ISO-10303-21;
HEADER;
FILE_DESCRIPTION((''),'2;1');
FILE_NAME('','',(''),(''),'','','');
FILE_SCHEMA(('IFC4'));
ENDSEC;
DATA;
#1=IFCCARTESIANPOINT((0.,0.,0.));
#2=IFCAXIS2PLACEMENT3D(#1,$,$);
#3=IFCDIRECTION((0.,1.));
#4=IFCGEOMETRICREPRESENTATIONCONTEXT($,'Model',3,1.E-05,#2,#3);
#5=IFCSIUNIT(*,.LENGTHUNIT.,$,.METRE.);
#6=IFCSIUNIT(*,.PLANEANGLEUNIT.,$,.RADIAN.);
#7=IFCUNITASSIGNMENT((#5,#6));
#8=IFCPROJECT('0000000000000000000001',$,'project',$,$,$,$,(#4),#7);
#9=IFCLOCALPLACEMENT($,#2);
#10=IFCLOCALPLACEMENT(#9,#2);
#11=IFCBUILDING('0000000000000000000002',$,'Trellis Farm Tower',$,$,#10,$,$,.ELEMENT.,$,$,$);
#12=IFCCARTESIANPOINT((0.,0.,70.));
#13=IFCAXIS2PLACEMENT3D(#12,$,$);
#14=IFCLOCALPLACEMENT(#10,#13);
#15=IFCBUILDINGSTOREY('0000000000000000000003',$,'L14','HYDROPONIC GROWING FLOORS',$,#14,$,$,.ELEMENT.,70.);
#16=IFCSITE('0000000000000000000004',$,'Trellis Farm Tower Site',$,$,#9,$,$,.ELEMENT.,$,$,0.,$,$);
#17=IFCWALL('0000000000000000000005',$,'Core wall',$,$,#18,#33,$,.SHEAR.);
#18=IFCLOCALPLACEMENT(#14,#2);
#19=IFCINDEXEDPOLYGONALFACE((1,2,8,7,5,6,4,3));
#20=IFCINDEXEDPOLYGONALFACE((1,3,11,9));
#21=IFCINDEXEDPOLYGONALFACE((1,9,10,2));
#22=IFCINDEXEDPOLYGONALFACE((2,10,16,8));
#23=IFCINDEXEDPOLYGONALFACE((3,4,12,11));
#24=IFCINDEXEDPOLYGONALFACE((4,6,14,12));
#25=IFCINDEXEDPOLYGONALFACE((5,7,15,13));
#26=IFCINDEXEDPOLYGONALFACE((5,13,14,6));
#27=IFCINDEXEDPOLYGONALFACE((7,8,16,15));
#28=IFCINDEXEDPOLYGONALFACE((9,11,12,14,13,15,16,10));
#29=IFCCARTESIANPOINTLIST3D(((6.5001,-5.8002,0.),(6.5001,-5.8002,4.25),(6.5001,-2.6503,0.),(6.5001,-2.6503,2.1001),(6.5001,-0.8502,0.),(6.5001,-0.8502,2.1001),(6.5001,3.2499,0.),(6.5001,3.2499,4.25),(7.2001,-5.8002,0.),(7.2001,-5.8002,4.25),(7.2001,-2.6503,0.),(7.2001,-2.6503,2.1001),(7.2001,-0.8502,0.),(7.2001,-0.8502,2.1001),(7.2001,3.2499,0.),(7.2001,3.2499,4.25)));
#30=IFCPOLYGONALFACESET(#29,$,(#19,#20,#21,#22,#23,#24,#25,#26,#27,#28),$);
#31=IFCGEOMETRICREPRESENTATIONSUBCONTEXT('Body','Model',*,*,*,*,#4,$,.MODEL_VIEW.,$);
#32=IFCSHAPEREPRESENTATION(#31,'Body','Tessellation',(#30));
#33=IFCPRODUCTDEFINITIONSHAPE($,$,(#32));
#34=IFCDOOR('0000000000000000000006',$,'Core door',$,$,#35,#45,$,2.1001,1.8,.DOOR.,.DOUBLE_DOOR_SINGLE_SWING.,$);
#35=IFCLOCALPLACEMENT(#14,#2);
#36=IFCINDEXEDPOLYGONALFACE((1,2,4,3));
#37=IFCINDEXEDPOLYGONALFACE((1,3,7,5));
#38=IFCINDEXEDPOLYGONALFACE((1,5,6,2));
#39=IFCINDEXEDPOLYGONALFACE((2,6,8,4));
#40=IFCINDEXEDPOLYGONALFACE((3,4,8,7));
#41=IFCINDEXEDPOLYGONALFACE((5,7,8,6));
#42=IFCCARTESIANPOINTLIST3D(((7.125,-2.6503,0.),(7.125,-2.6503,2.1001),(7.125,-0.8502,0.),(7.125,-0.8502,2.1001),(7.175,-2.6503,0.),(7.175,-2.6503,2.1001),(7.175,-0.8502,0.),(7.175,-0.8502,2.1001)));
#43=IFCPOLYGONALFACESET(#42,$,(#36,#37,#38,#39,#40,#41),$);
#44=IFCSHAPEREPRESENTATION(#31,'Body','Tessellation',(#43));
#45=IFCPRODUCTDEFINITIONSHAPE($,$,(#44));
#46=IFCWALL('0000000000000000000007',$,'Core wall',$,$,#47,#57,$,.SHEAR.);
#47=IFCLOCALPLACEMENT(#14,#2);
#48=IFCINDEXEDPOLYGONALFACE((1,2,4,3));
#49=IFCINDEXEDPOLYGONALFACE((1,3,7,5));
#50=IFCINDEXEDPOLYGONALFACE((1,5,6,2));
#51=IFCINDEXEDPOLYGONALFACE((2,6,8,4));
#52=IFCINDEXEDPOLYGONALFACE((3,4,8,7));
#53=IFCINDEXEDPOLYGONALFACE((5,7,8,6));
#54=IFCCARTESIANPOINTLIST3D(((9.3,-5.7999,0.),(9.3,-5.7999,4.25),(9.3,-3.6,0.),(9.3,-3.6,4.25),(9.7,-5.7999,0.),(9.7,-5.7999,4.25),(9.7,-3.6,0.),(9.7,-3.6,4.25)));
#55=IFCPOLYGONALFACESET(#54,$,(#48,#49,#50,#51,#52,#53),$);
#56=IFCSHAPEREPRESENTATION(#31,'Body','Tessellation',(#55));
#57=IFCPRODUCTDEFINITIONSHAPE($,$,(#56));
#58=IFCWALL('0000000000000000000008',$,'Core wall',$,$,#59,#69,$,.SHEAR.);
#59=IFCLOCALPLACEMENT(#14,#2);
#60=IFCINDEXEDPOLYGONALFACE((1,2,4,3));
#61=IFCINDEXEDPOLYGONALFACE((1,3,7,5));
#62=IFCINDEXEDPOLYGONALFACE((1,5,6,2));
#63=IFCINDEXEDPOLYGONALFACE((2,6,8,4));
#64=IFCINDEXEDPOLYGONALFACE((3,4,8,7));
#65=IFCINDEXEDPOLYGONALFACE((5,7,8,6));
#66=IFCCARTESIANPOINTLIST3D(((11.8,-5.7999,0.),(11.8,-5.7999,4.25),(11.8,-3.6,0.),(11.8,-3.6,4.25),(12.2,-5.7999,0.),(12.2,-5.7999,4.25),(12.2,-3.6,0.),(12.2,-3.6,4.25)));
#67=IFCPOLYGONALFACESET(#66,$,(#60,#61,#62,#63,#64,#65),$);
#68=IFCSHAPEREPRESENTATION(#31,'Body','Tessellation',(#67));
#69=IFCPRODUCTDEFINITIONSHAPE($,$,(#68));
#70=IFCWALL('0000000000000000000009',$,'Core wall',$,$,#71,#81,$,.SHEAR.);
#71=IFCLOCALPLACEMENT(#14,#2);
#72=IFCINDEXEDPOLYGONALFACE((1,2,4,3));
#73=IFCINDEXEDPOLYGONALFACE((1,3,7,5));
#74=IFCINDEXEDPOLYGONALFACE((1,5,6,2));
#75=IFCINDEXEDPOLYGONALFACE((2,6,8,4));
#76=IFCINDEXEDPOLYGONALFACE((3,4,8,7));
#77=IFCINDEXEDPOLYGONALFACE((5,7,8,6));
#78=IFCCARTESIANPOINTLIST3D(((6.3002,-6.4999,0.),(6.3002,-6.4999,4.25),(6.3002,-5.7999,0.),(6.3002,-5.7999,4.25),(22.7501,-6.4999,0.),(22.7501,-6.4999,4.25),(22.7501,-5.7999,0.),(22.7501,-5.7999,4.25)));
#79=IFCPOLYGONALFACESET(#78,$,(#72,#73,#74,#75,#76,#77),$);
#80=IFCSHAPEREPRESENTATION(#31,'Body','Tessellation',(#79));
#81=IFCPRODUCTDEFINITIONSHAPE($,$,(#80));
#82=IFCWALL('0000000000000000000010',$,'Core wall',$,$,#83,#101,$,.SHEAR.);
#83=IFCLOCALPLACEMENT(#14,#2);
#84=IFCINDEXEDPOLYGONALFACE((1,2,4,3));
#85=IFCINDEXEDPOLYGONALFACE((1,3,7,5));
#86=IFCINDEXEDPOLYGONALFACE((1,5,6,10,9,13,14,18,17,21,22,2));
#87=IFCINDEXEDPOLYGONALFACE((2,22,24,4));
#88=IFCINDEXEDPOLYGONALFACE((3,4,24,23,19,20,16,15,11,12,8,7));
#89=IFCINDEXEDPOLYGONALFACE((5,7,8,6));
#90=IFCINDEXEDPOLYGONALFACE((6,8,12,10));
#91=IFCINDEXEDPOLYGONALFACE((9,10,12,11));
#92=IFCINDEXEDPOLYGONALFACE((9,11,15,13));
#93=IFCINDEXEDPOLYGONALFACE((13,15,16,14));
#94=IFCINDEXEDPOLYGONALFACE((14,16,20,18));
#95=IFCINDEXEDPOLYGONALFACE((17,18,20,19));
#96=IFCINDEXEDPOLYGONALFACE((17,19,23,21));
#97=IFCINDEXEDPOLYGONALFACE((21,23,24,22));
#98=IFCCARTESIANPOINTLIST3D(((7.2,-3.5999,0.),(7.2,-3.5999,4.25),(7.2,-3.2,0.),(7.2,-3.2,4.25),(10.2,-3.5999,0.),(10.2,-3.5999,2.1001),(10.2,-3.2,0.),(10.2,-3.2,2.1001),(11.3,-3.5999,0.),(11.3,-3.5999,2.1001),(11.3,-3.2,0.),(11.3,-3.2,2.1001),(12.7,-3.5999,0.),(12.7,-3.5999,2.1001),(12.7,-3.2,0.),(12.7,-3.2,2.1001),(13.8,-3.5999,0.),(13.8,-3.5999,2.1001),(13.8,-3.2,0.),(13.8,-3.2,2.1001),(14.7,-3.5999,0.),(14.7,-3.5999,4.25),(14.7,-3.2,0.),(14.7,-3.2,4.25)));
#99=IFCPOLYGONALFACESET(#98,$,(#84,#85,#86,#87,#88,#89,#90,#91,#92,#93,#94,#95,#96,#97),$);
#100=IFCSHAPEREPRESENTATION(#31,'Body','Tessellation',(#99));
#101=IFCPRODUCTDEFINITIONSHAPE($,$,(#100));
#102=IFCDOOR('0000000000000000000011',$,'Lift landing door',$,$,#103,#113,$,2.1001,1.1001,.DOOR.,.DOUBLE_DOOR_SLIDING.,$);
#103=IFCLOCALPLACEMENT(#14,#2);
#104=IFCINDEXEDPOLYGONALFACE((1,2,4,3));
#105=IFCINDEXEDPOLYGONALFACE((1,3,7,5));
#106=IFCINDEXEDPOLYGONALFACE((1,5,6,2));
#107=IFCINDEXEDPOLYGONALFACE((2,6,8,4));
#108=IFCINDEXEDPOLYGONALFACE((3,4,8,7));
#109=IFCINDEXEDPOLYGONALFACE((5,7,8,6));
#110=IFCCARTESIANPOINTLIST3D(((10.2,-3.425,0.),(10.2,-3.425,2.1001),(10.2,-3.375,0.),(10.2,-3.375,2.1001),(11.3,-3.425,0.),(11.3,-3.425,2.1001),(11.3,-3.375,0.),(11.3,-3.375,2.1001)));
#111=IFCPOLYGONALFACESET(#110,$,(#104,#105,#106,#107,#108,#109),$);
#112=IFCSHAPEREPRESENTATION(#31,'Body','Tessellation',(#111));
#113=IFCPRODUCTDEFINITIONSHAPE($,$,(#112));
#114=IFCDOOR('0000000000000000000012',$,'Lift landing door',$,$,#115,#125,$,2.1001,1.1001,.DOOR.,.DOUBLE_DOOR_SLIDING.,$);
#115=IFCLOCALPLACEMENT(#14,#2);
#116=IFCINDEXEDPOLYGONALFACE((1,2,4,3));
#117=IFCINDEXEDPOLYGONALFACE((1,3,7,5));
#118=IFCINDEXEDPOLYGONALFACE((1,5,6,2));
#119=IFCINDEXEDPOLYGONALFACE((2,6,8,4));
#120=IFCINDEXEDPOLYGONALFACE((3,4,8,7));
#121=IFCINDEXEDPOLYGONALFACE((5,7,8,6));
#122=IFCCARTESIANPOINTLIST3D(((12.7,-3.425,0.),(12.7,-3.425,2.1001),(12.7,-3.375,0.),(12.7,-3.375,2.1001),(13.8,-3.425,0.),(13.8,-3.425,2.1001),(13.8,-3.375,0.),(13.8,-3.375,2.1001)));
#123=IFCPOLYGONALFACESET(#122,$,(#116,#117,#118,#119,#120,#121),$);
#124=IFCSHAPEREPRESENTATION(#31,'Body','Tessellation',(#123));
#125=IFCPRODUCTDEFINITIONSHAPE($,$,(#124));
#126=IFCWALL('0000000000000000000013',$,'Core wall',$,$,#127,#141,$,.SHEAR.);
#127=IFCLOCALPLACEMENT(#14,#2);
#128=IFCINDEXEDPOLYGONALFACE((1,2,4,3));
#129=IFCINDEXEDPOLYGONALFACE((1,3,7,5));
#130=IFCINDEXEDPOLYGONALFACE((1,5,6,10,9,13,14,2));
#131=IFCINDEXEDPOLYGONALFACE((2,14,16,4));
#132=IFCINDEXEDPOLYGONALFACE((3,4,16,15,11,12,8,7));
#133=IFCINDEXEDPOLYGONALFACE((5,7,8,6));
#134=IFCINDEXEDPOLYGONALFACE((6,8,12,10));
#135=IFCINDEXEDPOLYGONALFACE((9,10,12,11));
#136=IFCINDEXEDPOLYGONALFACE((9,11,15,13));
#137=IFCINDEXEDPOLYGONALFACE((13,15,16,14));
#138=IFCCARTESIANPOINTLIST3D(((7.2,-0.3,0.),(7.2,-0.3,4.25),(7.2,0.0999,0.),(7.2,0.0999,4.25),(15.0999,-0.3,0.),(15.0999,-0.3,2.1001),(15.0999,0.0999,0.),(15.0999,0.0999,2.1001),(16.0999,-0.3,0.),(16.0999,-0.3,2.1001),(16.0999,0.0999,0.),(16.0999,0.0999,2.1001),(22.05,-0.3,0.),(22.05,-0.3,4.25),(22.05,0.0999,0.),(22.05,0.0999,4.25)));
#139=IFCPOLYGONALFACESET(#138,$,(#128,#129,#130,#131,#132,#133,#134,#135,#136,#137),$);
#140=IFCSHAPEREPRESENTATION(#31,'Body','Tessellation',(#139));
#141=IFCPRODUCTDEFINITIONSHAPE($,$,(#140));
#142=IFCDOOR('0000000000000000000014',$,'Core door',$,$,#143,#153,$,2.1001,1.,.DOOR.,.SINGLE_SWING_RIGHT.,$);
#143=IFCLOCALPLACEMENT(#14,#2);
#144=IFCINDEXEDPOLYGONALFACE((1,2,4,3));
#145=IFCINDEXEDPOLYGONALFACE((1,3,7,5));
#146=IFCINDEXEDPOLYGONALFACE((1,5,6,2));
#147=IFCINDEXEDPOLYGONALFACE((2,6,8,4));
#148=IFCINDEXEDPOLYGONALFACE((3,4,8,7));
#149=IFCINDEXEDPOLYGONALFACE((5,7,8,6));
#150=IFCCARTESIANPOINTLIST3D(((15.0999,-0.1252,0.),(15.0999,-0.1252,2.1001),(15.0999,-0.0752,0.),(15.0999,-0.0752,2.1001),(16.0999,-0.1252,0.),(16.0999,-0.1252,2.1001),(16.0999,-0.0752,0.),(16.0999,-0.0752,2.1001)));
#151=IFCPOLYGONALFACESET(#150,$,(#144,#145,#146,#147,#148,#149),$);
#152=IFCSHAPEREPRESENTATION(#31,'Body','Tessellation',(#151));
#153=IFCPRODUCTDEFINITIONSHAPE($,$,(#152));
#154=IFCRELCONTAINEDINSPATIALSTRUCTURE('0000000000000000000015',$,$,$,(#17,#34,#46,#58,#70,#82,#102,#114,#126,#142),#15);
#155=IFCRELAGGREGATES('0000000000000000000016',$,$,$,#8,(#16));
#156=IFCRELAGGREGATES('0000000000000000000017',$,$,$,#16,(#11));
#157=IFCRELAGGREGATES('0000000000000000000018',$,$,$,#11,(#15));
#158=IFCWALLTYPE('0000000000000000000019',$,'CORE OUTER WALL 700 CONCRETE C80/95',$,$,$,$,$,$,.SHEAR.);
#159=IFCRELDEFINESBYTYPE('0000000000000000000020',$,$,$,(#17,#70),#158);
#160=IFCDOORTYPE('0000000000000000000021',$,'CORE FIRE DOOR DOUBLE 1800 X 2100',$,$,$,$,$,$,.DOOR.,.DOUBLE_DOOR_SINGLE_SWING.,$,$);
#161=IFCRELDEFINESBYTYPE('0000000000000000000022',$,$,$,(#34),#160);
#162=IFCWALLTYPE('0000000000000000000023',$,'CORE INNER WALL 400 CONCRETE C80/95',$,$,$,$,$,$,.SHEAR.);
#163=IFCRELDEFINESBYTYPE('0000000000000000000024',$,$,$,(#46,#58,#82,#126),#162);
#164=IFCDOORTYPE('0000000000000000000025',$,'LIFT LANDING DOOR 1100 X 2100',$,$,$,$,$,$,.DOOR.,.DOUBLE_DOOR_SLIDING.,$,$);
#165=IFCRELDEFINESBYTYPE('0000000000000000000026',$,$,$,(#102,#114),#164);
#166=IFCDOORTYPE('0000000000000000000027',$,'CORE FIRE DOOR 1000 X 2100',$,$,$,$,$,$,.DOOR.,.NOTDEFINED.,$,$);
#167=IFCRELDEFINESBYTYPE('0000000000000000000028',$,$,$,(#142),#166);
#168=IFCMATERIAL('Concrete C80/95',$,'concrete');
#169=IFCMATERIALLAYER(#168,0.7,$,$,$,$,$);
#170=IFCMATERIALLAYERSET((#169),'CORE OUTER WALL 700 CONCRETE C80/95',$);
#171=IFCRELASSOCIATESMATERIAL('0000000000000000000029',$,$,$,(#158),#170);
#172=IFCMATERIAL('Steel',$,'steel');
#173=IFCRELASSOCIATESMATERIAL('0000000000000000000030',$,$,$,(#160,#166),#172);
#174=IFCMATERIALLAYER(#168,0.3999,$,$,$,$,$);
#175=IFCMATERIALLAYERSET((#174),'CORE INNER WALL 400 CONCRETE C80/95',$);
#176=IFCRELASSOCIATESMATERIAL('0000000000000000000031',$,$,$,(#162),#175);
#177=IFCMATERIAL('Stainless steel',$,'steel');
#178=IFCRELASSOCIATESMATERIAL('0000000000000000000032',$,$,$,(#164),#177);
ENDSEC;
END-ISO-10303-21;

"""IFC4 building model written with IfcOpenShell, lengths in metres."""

from ifc_helpers import new_model, si_unit, direction, frame, frame_2d, origin, place, context, subcontext, project, spatial, rectangle, extrude, source, transform, mapped, material, layer, layer_set, type_object, element, fill, save


model = new_model("IFC4")

# Units and contexts
model_context = context("Model", 3, precision=1e-05, world=origin(), true_north=direction((0.0, 1.0)))
body_context = subcontext(model_context, "Body", "Model", "MODEL_VIEW")
ifc_project = project(units=[si_unit("LENGTHUNIT", "METRE"), si_unit("PLANEANGLEUNIT", "RADIAN")], contexts=[model_context])

# Site, building, storey
site_placement = place(None, origin())
site = spatial("IfcSite", under=ifc_project, at=site_placement, Name="Trellis Farm Tower Site", CompositionType="ELEMENT", RefElevation=0.0)
building_placement = place(site_placement, origin())
building = spatial("IfcBuilding", under=site, at=building_placement, Name="Trellis Farm Tower", CompositionType="ELEMENT")
storey_placement = place(building_placement, frame((0.0, 0.0, 70.0)))
storey = spatial("IfcBuildingStorey", under=building, at=storey_placement, Name="L14", Description="HYDROPONIC GROWING FLOORS", CompositionType="ELEMENT", Elevation=70.0)

# Shared definitions
ifc_material_1 = material(Name="Concrete C80/95", Category="concrete")

# Wall, opening, door
ifc_layer_1 = layer(ifc_material_1, 0.7)
ifc_layer_set_1 = layer_set([ifc_layer_1], Name="CORE OUTER WALL 700 CONCRETE C80/95")
wall_type_1 = type_object("IfcWallType", Name="CORE OUTER WALL 700 CONCRETE C80/95", PredefinedType="SHEAR", material=ifc_layer_set_1)
shared_shape_1 = source(origin(), body_context, "Body", "SweptSolid", [
    extrude(rectangle(XDim=9.05, YDim=0.7, at=frame_2d((4.5249, 0.0))), origin(), (0.0, 0.0, 1.0), 4.25),
])
wall_1_placement = place(storey_placement, frame((6.8501, -5.8, 0.0), z_axis=(0.0, 0.0, 1.0), x_axis=(0.0, 1.0, 0.0)))
wall_1 = element("IfcWall", 1, at=wall_1_placement, inside=storey, type_object=wall_type_1, Name="Core wall", PredefinedType="SHEAR", context=body_context, shape_type="MappedRepresentation", body=[
    mapped(shared_shape_1, transform((0.0, 0.0, 0.0))),
])
shared_shape_2 = source(origin(), body_context, "Body", "SweptSolid", [
    extrude(rectangle(XDim=1.8, YDim=2.1001, at=frame_2d((0.8999, 1.05))), frame((0.0, 0.3601, 0.0), z_axis=(0.0, -1.0, 0.0), x_axis=(1.0, 0.0, 0.0)), (0.0, 0.0, 1.0), 0.7202),
])
opening_1_placement = place(wall_1_placement, frame((3.1499, 0.0, 0.0)))
opening_1 = element("IfcOpeningElement", 2, at=opening_1_placement, cuts=wall_1, PredefinedType="OPENING", context=body_context, shape_type="MappedRepresentation", body=[
    mapped(shared_shape_2, transform((0.0, 0.0, 0.0))),
])
ifc_material_2 = material(Name="Steel", Category="steel")
door_type_1 = type_object("IfcDoorType", Name="CORE FIRE DOOR DOUBLE 1800 X 2100", OperationType="DOUBLE_DOOR_SINGLE_SWING", PredefinedType="DOOR", material=ifc_material_2)
shared_shape_3 = source(origin(), body_context, "Body", "SweptSolid", [
    extrude(rectangle(XDim=1.8, YDim=2.1001, at=frame_2d((0.8999, 1.05))), frame((0.0, -0.2749, 0.0), z_axis=(0.0, -1.0, 0.0), x_axis=(1.0, 0.0, 0.0)), (0.0, 0.0, 1.0), 0.05),
])
door_1_placement = place(opening_1_placement, origin())
door_1 = element("IfcDoor", 3, at=door_1_placement, inside=storey, type_object=door_type_1, Name="Core door", OperationType="DOUBLE_DOOR_SINGLE_SWING", OverallHeight=2.1001, OverallWidth=1.8, PredefinedType="DOOR", context=body_context, shape_type="MappedRepresentation", body=[
    mapped(shared_shape_3, transform((0.0, 0.0, 0.0))),
])
fill(opening_1, door_1)

# Walls
ifc_layer_2 = layer(ifc_material_1, 0.3999)
ifc_layer_set_2 = layer_set([ifc_layer_2], Name="CORE INNER WALL 400 CONCRETE C80/95")
wall_type_2 = type_object("IfcWallType", Name="CORE INNER WALL 400 CONCRETE C80/95", PredefinedType="SHEAR", material=ifc_layer_set_2)
shared_shape_4 = source(origin(), body_context, "Body", "SweptSolid", [
    extrude(rectangle(XDim=2.2, YDim=0.3999, at=frame_2d((1.1001, 0.0))), origin(), (0.0, 0.0, 1.0), 4.25),
])
for number, where, z_axis, x_axis, name in (
    (4, (9.5, -5.8, 0.0), (0.0, 0.0, 1.0), (0.0, 1.0, 0.0), "Core wall"),
    (5, (12.0, -5.8, 0.0), (0.0, 0.0, 1.0), (0.0, 1.0, 0.0), "Core wall"),
):
    element("IfcWall", number, at=place(storey_placement, frame(where, z_axis=z_axis, x_axis=x_axis)), inside=storey, type_object=wall_type_2, Name=name, PredefinedType="SHEAR", context=body_context, shape_type="MappedRepresentation", body=[
        mapped(shared_shape_4, transform((0.0, 0.0, 0.0))),
    ])
shared_shape_5 = source(origin(), body_context, "Body", "SweptSolid", [
    extrude(rectangle(XDim=16.45, YDim=0.7, at=frame_2d((8.2251, 0.0))), origin(), (0.0, 0.0, 1.0), 4.25),
])
wall_2_placement = place(storey_placement, frame((6.3, -6.1499, 0.0), z_axis=(0.0, 0.0, 1.0), x_axis=(1.0, 0.0, 0.0)))
element("IfcWall", 6, at=wall_2_placement, inside=storey, type_object=wall_type_1, Name="Core wall", PredefinedType="SHEAR", context=body_context, shape_type="MappedRepresentation", body=[
    mapped(shared_shape_5, transform((0.0, 0.0, 0.0))),
])

# Wall, openings, doors
shared_shape_6 = source(origin(), body_context, "Body", "SweptSolid", [
    extrude(rectangle(XDim=7.5, YDim=0.3999, at=frame_2d((3.75, 0.0))), origin(), (0.0, 0.0, 1.0), 4.25),
])
wall_3_placement = place(storey_placement, frame((7.2, -3.3999, 0.0), z_axis=(0.0, 0.0, 1.0), x_axis=(1.0, 0.0, 0.0)))
wall_3 = element("IfcWall", 7, at=wall_3_placement, inside=storey, type_object=wall_type_2, Name="Core wall", PredefinedType="SHEAR", context=body_context, shape_type="MappedRepresentation", body=[
    mapped(shared_shape_6, transform((0.0, 0.0, 0.0))),
])
shared_shape_7 = source(origin(), body_context, "Body", "SweptSolid", [
    extrude(rectangle(XDim=1.1001, YDim=2.1001, at=frame_2d((0.55, 1.05))), frame((0.0, 0.21, 0.0), z_axis=(0.0, -1.0, 0.0), x_axis=(1.0, 0.0, 0.0)), (0.0, 0.0, 1.0), 0.4199),
])
opening_2_placement = place(wall_3_placement, frame((3.0, 0.0, 0.0)))
opening_2 = element("IfcOpeningElement", 8, at=opening_2_placement, cuts=wall_3, PredefinedType="OPENING", context=body_context, shape_type="MappedRepresentation", body=[
    mapped(shared_shape_7, transform((0.0, 0.0, 0.0))),
])
opening_3_placement = place(wall_3_placement, frame((5.5, 0.0, 0.0)))
opening_3 = element("IfcOpeningElement", 9, at=opening_3_placement, cuts=wall_3, PredefinedType="OPENING", context=body_context, shape_type="MappedRepresentation", body=[
    mapped(shared_shape_7, transform((0.0, 0.0, 0.0))),
])
ifc_material_3 = material(Name="Stainless steel", Category="steel")
door_type_2 = type_object("IfcDoorType", Name="LIFT LANDING DOOR 1100 X 2100", OperationType="DOUBLE_DOOR_SLIDING", PredefinedType="DOOR", material=ifc_material_3)
shared_shape_8 = source(origin(), body_context, "Body", "SweptSolid", [
    extrude(rectangle(XDim=1.1001, YDim=2.1001, at=frame_2d((0.55, 1.05))), frame((0.0, 0.0249, 0.0), z_axis=(0.0, -1.0, 0.0), x_axis=(1.0, 0.0, 0.0)), (0.0, 0.0, 1.0), 0.05),
])
door_2_placement = place(opening_2_placement, origin())
door_2 = element("IfcDoor", 10, at=door_2_placement, inside=storey, type_object=door_type_2, Name="Lift landing door", OperationType="DOUBLE_DOOR_SLIDING", OverallHeight=2.1001, OverallWidth=1.1001, PredefinedType="DOOR", context=body_context, shape_type="MappedRepresentation", body=[
    mapped(shared_shape_8, transform((0.0, 0.0, 0.0))),
])
fill(opening_2, door_2)
door_3_placement = place(opening_3_placement, origin())
door_3 = element("IfcDoor", 11, at=door_3_placement, inside=storey, type_object=door_type_2, Name="Lift landing door", OperationType="DOUBLE_DOOR_SLIDING", OverallHeight=2.1001, OverallWidth=1.1001, PredefinedType="DOOR", context=body_context, shape_type="MappedRepresentation", body=[
    mapped(shared_shape_8, transform((0.0, 0.0, 0.0))),
])
fill(opening_3, door_3)

# Wall, opening, door
shared_shape_9 = source(origin(), body_context, "Body", "SweptSolid", [
    extrude(rectangle(XDim=14.8501, YDim=0.3999, at=frame_2d((7.425, 0.0))), origin(), (0.0, 0.0, 1.0), 4.25),
])
wall_4_placement = place(storey_placement, frame((7.2, -0.1001, 0.0), z_axis=(0.0, 0.0, 1.0), x_axis=(1.0, 0.0, 0.0)))
wall_4 = element("IfcWall", 12, at=wall_4_placement, inside=storey, type_object=wall_type_2, Name="Core wall", PredefinedType="SHEAR", context=body_context, shape_type="MappedRepresentation", body=[
    mapped(shared_shape_9, transform((0.0, 0.0, 0.0))),
])
shared_shape_10 = source(origin(), body_context, "Body", "SweptSolid", [
    extrude(rectangle(XDim=1.0, YDim=2.1001, at=frame_2d((0.5, 1.05))), frame((0.0, 0.21, 0.0), z_axis=(0.0, -1.0, 0.0), x_axis=(1.0, 0.0, 0.0)), (0.0, 0.0, 1.0), 0.4199),
])
opening_4_placement = place(wall_4_placement, frame((7.8999, 0.0, 0.0)))
opening_4 = element("IfcOpeningElement", 13, at=opening_4_placement, cuts=wall_4, PredefinedType="OPENING", context=body_context, shape_type="MappedRepresentation", body=[
    mapped(shared_shape_10, transform((0.0, 0.0, 0.0))),
])
door_type_3 = type_object("IfcDoorType", Name="CORE FIRE DOOR 1000 X 2100", OperationType="NOTDEFINED", PredefinedType="DOOR", material=ifc_material_2)
shared_shape_11 = source(origin(), body_context, "Body", "SweptSolid", [
    extrude(rectangle(XDim=1.0, YDim=2.1001, at=frame_2d((0.5, 1.05))), frame((0.0, 0.0249, 0.0), z_axis=(0.0, -1.0, 0.0), x_axis=(1.0, 0.0, 0.0)), (0.0, 0.0, 1.0), 0.05),
])
door_4_placement = place(opening_4_placement, origin())
door_4 = element("IfcDoor", 14, at=door_4_placement, inside=storey, type_object=door_type_3, Name="Core door", OperationType="SINGLE_SWING_RIGHT", OverallHeight=2.1001, OverallWidth=1.0, PredefinedType="DOOR", context=body_context, shape_type="MappedRepresentation", body=[
    mapped(shared_shape_11, transform((0.0, 0.0, 0.0))),
])
fill(opening_4, door_4)

save(model, "model.ifc")
